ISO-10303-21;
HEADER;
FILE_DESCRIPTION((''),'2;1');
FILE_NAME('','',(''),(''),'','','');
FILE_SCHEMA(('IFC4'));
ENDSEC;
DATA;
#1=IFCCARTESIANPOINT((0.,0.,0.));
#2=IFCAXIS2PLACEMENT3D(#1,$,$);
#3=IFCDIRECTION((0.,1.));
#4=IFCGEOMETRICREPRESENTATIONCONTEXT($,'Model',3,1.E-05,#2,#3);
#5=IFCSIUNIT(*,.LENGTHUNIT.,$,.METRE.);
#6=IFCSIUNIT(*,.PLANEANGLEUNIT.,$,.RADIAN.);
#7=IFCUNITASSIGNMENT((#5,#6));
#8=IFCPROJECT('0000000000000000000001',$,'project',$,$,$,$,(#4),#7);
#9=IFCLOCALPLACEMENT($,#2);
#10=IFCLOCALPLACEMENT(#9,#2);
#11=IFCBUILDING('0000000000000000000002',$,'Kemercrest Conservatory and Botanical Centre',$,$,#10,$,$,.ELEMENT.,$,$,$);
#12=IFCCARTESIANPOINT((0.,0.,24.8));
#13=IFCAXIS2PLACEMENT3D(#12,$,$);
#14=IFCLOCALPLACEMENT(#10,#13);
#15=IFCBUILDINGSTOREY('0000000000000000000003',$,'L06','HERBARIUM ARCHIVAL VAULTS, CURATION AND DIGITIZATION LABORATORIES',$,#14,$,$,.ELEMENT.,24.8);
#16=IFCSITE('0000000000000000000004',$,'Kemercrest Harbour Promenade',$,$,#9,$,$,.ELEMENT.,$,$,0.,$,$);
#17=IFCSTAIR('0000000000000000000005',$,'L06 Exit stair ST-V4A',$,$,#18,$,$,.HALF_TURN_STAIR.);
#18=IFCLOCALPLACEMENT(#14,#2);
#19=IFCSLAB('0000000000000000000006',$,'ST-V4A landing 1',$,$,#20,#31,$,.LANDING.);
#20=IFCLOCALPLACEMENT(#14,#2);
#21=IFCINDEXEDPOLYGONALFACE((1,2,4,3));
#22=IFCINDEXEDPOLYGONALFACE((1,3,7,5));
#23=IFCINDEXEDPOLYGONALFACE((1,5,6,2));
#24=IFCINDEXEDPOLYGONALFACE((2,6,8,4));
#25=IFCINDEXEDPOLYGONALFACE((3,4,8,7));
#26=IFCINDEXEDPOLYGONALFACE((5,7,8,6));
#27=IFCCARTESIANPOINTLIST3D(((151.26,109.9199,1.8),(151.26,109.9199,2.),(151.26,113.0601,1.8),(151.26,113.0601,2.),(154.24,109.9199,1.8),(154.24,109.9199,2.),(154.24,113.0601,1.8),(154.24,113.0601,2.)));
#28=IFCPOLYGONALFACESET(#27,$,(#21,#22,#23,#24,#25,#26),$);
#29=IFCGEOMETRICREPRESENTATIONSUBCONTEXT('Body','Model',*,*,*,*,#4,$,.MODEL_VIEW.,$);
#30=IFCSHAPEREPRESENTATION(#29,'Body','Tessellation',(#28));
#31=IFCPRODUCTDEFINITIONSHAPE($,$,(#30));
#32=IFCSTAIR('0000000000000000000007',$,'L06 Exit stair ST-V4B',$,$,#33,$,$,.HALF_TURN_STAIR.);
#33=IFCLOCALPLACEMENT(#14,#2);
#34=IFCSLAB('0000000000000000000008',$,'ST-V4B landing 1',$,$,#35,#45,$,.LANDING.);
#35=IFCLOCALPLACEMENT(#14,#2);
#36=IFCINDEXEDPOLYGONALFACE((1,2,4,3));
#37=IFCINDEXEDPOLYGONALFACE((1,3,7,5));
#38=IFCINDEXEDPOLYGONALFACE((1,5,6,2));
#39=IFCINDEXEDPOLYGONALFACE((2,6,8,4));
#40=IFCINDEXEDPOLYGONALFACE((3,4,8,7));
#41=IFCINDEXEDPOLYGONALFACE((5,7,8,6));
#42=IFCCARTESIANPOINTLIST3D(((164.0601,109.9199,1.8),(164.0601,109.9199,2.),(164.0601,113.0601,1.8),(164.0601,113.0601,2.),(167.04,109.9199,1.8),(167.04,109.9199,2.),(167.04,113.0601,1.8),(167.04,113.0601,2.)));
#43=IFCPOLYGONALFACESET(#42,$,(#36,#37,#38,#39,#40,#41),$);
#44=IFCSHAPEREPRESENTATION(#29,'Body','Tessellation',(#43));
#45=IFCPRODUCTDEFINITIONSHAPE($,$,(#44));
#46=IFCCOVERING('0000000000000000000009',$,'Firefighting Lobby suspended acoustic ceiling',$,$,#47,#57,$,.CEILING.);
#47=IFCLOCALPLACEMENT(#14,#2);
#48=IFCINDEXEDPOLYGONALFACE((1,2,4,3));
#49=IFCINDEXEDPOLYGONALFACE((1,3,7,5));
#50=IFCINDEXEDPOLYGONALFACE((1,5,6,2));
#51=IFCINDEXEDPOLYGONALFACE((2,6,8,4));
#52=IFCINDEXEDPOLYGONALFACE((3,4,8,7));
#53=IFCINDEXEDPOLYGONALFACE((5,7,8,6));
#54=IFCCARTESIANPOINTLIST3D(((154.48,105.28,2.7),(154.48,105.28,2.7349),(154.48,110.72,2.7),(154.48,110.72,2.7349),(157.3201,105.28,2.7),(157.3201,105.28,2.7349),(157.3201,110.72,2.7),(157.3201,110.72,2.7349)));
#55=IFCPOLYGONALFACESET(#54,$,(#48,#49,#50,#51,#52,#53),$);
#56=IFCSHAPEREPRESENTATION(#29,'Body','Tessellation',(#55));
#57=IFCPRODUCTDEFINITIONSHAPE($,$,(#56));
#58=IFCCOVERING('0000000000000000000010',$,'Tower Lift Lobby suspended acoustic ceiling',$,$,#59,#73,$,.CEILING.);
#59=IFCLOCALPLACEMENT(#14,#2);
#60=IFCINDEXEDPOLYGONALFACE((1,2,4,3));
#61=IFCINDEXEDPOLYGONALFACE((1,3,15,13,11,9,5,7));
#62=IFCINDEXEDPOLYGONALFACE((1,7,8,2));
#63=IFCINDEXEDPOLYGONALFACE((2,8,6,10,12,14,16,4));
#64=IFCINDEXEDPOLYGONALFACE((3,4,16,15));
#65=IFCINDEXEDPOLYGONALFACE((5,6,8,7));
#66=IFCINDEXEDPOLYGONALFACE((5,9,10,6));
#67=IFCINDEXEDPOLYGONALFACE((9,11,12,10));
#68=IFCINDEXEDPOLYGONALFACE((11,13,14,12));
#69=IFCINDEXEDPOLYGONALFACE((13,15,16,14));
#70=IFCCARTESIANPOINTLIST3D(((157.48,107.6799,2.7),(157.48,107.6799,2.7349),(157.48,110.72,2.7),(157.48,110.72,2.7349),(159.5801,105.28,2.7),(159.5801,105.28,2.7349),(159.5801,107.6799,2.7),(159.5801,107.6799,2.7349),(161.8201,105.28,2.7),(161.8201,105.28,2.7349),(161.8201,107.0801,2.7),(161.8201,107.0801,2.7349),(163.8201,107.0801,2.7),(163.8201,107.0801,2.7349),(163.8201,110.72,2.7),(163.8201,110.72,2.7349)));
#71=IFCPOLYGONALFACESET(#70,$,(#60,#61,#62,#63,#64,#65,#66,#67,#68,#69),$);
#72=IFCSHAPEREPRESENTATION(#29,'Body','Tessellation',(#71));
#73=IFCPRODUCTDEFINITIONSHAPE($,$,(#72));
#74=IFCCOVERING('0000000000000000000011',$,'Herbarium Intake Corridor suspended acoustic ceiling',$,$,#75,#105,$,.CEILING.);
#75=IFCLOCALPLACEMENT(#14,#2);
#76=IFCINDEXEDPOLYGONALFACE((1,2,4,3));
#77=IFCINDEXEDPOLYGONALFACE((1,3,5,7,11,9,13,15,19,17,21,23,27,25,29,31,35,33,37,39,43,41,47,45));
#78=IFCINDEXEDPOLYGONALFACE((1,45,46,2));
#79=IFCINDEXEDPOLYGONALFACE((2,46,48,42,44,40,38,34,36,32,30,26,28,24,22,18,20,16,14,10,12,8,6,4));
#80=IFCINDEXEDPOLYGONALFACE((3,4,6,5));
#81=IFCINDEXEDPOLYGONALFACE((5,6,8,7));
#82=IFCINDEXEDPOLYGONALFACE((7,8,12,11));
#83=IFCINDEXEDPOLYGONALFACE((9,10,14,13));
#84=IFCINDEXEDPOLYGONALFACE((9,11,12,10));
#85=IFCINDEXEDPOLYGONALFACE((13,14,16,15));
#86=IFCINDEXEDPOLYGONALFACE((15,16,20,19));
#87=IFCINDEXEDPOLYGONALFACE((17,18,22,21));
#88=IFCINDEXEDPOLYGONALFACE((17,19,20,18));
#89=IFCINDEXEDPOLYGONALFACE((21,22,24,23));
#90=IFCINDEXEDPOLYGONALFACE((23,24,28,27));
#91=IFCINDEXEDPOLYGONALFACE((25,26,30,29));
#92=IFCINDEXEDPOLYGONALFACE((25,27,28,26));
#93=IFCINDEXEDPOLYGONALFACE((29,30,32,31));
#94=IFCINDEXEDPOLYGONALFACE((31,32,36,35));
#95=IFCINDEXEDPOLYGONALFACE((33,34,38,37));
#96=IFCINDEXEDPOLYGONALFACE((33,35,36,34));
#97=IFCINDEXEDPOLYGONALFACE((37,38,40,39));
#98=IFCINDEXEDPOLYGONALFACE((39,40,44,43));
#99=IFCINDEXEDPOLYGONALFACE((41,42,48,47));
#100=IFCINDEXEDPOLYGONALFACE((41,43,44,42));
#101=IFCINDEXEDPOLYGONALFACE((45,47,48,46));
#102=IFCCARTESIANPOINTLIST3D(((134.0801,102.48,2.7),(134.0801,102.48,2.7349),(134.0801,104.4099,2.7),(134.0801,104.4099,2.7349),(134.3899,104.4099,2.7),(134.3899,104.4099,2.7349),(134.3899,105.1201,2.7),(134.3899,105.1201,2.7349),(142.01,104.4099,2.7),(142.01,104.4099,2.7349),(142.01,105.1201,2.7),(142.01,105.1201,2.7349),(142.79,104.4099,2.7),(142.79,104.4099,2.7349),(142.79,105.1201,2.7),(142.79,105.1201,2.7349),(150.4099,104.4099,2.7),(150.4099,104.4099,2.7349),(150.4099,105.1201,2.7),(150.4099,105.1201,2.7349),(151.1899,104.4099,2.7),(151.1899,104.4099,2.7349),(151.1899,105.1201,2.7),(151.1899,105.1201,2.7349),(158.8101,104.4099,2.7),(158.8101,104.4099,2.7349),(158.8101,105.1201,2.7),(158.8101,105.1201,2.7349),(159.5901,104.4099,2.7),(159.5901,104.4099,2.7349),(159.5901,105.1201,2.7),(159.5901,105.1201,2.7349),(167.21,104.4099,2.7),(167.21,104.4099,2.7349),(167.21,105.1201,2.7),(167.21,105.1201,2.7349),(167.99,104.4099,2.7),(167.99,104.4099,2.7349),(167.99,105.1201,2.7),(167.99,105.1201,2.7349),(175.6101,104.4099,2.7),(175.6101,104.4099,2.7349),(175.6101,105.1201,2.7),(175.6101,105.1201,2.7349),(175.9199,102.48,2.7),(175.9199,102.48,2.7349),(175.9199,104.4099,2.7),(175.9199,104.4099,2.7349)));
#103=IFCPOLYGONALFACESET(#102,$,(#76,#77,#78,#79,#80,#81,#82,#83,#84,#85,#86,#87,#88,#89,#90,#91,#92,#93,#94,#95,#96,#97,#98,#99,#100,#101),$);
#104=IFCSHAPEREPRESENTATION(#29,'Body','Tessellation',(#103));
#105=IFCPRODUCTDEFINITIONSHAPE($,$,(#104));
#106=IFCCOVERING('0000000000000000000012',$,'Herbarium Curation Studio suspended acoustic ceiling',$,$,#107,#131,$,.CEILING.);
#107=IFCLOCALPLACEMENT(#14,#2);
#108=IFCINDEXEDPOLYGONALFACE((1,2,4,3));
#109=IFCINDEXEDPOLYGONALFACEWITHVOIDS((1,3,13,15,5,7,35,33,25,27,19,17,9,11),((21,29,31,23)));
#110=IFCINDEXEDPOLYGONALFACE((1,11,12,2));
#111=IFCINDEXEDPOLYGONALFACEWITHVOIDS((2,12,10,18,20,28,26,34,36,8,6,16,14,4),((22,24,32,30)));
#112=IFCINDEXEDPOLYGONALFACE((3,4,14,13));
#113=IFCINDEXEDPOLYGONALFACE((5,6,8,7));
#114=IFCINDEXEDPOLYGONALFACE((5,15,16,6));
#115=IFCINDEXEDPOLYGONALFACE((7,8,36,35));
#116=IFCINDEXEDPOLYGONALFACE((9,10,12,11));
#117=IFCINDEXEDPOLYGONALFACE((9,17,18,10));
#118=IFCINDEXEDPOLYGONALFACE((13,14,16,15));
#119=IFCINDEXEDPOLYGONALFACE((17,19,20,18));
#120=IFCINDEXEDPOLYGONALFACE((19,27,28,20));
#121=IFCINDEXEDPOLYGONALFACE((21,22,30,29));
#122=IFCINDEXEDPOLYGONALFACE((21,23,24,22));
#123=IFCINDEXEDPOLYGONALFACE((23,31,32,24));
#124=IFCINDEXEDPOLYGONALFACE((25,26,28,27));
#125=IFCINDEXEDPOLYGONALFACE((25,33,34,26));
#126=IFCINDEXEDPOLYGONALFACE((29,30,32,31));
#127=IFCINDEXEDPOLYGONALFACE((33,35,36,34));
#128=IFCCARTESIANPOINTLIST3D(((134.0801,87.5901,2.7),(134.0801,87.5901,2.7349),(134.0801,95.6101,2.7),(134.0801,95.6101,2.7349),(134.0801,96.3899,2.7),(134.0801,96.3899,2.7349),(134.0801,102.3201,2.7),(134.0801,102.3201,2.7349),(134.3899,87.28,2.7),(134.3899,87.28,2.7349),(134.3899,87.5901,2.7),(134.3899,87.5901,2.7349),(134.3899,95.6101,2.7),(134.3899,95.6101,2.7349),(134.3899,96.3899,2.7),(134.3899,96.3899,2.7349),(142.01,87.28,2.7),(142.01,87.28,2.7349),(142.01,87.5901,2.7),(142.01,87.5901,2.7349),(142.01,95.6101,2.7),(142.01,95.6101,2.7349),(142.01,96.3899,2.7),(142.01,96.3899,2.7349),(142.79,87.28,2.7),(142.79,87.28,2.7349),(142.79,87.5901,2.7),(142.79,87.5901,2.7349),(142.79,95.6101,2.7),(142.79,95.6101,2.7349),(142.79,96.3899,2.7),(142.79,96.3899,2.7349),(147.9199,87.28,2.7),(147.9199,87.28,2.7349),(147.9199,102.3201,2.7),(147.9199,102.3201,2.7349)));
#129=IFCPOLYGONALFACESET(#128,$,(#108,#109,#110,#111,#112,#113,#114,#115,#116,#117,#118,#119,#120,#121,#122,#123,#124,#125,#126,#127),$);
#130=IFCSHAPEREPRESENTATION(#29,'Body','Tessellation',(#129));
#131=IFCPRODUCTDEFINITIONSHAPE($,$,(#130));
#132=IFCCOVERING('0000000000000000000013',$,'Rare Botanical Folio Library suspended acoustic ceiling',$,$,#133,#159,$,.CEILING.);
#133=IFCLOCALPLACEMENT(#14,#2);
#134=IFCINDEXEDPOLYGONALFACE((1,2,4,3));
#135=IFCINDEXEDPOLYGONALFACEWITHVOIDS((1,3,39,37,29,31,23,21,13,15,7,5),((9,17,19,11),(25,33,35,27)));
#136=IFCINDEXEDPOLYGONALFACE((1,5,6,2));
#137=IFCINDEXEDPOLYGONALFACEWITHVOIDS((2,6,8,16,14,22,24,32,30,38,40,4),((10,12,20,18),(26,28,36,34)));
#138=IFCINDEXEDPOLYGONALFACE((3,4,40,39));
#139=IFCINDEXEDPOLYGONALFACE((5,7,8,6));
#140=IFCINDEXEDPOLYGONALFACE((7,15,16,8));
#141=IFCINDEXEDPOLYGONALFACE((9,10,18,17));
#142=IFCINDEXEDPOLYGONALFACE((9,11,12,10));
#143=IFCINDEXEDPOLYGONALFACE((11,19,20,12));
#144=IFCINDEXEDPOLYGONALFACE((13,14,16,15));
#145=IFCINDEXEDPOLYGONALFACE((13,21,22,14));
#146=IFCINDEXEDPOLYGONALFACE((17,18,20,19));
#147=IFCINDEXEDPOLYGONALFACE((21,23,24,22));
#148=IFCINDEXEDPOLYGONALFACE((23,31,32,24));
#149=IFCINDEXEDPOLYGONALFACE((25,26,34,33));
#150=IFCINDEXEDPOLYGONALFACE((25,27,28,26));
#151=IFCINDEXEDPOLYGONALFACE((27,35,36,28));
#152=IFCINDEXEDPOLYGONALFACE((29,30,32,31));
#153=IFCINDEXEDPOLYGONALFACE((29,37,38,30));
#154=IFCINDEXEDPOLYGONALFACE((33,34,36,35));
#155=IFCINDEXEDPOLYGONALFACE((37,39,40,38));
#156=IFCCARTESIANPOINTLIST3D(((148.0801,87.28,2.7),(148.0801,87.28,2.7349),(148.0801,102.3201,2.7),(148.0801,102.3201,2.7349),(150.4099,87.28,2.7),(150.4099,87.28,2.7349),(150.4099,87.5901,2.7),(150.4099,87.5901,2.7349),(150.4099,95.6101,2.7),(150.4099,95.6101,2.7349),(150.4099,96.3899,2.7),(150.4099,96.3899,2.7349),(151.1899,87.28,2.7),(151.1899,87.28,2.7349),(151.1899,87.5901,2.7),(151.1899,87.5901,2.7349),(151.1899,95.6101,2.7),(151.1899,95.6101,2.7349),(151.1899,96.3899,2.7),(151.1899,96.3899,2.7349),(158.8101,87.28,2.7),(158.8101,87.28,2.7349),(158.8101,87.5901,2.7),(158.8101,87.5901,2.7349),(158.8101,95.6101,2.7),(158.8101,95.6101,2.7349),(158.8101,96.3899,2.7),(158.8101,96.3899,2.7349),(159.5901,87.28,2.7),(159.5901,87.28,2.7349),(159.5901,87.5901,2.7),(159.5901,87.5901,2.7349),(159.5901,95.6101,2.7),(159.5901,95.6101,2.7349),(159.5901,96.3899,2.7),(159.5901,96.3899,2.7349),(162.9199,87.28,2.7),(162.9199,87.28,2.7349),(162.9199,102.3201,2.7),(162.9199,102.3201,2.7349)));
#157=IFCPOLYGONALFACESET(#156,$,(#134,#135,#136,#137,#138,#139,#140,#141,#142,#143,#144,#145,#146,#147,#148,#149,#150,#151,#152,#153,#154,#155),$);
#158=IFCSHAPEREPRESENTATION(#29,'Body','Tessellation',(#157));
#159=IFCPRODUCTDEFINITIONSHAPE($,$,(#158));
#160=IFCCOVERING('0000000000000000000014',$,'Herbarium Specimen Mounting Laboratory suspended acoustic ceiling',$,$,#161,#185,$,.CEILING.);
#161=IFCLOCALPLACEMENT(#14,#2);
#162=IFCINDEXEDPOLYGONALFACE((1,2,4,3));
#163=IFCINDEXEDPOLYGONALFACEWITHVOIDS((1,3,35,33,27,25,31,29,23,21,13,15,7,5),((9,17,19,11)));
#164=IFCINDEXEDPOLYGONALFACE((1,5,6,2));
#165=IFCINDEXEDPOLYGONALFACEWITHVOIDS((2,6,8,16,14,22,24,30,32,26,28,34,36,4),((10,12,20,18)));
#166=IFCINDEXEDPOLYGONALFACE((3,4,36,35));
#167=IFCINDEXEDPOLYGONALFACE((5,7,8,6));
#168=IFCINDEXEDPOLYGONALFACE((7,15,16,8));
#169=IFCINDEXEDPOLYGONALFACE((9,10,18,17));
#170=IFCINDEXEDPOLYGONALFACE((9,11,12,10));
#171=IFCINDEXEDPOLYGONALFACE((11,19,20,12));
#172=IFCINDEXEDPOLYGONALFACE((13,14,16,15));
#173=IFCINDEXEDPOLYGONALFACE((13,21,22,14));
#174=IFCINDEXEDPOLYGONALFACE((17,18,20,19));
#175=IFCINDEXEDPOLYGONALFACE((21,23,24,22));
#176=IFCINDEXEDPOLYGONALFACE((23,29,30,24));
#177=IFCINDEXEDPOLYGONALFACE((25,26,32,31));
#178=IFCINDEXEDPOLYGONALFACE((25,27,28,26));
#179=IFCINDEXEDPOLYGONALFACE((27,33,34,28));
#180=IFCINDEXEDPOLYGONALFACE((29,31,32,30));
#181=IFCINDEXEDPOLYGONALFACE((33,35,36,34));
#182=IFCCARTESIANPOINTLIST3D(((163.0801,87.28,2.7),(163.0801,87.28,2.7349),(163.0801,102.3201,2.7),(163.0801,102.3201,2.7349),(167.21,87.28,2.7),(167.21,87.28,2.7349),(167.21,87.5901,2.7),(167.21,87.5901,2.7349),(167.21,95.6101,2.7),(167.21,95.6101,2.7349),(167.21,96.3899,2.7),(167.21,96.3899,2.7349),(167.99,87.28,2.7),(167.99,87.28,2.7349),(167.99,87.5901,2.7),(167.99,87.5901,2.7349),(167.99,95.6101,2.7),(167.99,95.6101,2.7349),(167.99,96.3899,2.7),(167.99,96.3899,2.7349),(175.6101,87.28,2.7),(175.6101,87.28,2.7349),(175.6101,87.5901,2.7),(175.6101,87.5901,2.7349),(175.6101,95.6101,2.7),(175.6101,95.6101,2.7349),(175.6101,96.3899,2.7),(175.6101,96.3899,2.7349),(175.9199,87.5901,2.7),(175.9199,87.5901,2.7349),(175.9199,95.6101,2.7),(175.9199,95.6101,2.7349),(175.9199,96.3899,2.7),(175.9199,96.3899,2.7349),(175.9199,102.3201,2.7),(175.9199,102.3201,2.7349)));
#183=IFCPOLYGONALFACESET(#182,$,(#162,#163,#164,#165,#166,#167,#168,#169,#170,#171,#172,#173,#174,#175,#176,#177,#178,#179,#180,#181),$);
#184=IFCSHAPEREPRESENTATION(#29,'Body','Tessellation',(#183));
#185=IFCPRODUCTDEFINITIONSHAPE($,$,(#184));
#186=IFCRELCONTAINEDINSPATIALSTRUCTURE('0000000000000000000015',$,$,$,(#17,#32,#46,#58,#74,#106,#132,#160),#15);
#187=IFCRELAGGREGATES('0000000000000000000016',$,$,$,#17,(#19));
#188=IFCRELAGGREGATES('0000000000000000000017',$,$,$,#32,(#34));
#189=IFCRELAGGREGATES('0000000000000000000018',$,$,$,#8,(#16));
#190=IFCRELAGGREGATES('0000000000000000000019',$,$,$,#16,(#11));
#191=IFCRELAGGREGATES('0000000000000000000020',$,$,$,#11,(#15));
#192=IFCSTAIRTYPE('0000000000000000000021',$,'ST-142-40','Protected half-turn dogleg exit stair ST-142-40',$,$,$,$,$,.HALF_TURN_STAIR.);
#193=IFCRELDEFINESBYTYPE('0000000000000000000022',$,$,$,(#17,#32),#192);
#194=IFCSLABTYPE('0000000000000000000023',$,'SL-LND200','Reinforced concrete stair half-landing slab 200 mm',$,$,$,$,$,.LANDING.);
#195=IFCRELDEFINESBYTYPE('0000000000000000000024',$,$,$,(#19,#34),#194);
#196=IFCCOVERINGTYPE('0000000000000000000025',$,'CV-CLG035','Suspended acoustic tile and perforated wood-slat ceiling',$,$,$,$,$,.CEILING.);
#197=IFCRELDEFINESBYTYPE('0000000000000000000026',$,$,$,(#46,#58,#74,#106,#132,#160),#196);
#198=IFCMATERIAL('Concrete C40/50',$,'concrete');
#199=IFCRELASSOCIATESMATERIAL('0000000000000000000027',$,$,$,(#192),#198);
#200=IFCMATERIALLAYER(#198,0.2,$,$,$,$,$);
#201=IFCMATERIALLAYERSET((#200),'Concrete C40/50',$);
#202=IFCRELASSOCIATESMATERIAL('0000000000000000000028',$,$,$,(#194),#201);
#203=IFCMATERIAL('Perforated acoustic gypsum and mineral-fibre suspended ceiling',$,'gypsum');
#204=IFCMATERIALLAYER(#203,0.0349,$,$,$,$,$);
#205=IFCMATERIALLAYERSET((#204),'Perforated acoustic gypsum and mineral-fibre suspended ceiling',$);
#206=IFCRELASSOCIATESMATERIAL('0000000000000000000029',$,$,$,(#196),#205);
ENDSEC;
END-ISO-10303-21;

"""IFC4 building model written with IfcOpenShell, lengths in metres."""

from ifc_helpers import new_model, si_unit, direction, frame, origin, place, context, subcontext, project, spatial, polyline, outline, extrude, material, layer, layer_set, type_object, element, aggregate, save


model = new_model("IFC4")

# Units and contexts
model_context = context("Model", 3, precision=1e-05, world=origin(), true_north=direction((0.0, 1.0)))
body_context = subcontext(model_context, "Body", "Model", "MODEL_VIEW")
ifc_project = project(units=[si_unit("LENGTHUNIT", "METRE"), si_unit("PLANEANGLEUNIT", "RADIAN")], contexts=[model_context])

# Site, building, storey
site_placement = place(None, origin())
site = spatial("IfcSite", under=ifc_project, at=site_placement, Name="Kemercrest Harbour Promenade", CompositionType="ELEMENT", RefElevation=0.0)
building_placement = place(site_placement, origin())
building = spatial("IfcBuilding", under=site, at=building_placement, Name="Kemercrest Conservatory and Botanical Centre", CompositionType="ELEMENT")
storey_placement = place(building_placement, frame((0.0, 0.0, 24.8)))
storey = spatial("IfcBuildingStorey", under=building, at=storey_placement, Name="L06", Description="HERBARIUM ARCHIVAL VAULTS, CURATION AND DIGITIZATION LABORATORIES", CompositionType="ELEMENT", Elevation=24.8)

# Stairs, slabs
ifc_material_1 = material(Name="Concrete C40/50", Category="concrete")
stair_type = type_object("IfcStairType", Name="ST-142-40", Description="Protected half-turn dogleg exit stair ST-142-40", PredefinedType="HALF_TURN_STAIR", material=ifc_material_1)
stair_1_placement = place(storey_placement, origin())
stair_1 = element("IfcStair", 1, at=stair_1_placement, inside=storey, type_object=stair_type, Name="L06 Exit stair ST-V4A", PredefinedType="HALF_TURN_STAIR")
ifc_layer_1 = layer(ifc_material_1, 0.2)
ifc_layer_set_1 = layer_set([ifc_layer_1], Name="Concrete C40/50")
slab_type = type_object("IfcSlabType", Name="SL-LND200", Description="Reinforced concrete stair half-landing slab 200 mm", PredefinedType="LANDING", material=ifc_layer_set_1)
slab_1_placement = place(storey_placement, frame((0.0, 0.0, 1.8)))
slab_1 = element("IfcSlab", 2, at=slab_1_placement, type_object=slab_type, Name="ST-V4A landing 1", PredefinedType="LANDING", context=body_context, shape_type="SweptSolid", body=[
    extrude(outline(polyline([(154.24, 109.9199), (154.24, 113.0601), (151.26, 113.0601), (151.26, 109.9199), (154.24, 109.9199)])), origin(), (0.0, 0.0, 1.0), 0.2),
])
aggregate(stair_1, [slab_1])
stair_2_placement = place(storey_placement, origin())
stair_2 = element("IfcStair", 3, at=stair_2_placement, inside=storey, type_object=stair_type, Name="L06 Exit stair ST-V4B", PredefinedType="HALF_TURN_STAIR")
slab_2_placement = place(storey_placement, frame((0.0, 0.0, 1.8)))
slab_2 = element("IfcSlab", 4, at=slab_2_placement, type_object=slab_type, Name="ST-V4B landing 1", PredefinedType="LANDING", context=body_context, shape_type="SweptSolid", body=[
    extrude(outline(polyline([(167.04, 109.9199), (167.04, 113.0601), (164.0601, 113.0601), (164.0601, 109.9199), (167.04, 109.9199)])), origin(), (0.0, 0.0, 1.0), 0.2),
])
aggregate(stair_2, [slab_2])

# Coverings
ifc_material_2 = material(Name="Perforated acoustic gypsum and mineral-fibre suspended ceiling", Category="gypsum")
ifc_layer_2 = layer(ifc_material_2, 0.0349)
ifc_layer_set_2 = layer_set([ifc_layer_2], Name="Perforated acoustic gypsum and mineral-fibre suspended ceiling")
covering_type_1 = type_object("IfcCoveringType", Name="CV-CLG035", Description="Suspended acoustic tile and perforated wood-slat ceiling", PredefinedType="CEILING", material=ifc_layer_set_2)
covering_1_placement = place(storey_placement, frame((0.0, 0.0, 2.7)))
element("IfcCovering", 5, at=covering_1_placement, inside=storey, type_object=covering_type_1, Name="Firefighting Lobby suspended acoustic ceiling", PredefinedType="CEILING", context=body_context, shape_type="SweptSolid", body=[
    extrude(outline(polyline([(154.48, 105.28), (157.3201, 105.28), (157.3201, 110.72), (154.48, 110.72), (154.48, 105.28)])), origin(), (0.0, 0.0, 1.0), 0.0349),
])
covering_2_placement = place(storey_placement, frame((0.0, 0.0, 2.7)))
element("IfcCovering", 6, at=covering_2_placement, inside=storey, type_object=covering_type_1, Name="Tower Lift Lobby suspended acoustic ceiling", PredefinedType="CEILING", context=body_context, shape_type="SweptSolid", body=[
    extrude(outline(polyline([(159.5801, 107.6799), (159.5801, 105.28), (161.8201, 105.28), (161.8201, 107.0801), (163.8201, 107.0801), (163.8201, 110.72), (157.48, 110.72), (157.48, 107.6799), (159.5801, 107.6799)])), origin(), (0.0, 0.0, 1.0), 0.0349),
])
covering_3_placement = place(storey_placement, frame((0.0, 0.0, 2.7)))
element("IfcCovering", 7, at=covering_3_placement, inside=storey, type_object=covering_type_1, Name="Herbarium Intake Corridor suspended acoustic ceiling", PredefinedType="CEILING", context=body_context, shape_type="SweptSolid", body=[
    extrude(outline(polyline([(134.0801, 102.48), (175.9199, 102.48), (175.9199, 104.4099), (175.6101, 104.4099), (175.6101, 105.1201), (167.99, 105.1201), (167.99, 104.4099), (167.21, 104.4099), (167.21, 105.1201), (159.5901, 105.1201), (159.5901, 104.4099), (158.8101, 104.4099), (158.8101, 105.1201), (151.1899, 105.1201), (151.1899, 104.4099), (150.4099, 104.4099), (150.4099, 105.1201), (142.79, 105.1201), (142.79, 104.4099), (142.01, 104.4099), (142.01, 105.1201), (134.3899, 105.1201), (134.3899, 104.4099), (134.0801, 104.4099), (134.0801, 102.48)])), origin(), (0.0, 0.0, 1.0), 0.0349),
])
covering_4_placement = place(storey_placement, frame((0.0, 0.0, 2.7)))
element("IfcCovering", 8, at=covering_4_placement, inside=storey, type_object=covering_type_1, Name="Herbarium Curation Studio suspended acoustic ceiling", PredefinedType="CEILING", context=body_context, shape_type="SweptSolid", body=[
    extrude(outline(polyline([(142.01, 87.5901), (142.79, 87.5901), (142.79, 87.28), (147.9199, 87.28), (147.9199, 102.3201), (134.0801, 102.3201), (134.0801, 96.3899), (134.3899, 96.3899), (134.3899, 95.6101), (134.0801, 95.6101), (134.0801, 87.5901), (134.3899, 87.5901), (134.3899, 87.28), (142.01, 87.28), (142.01, 87.5901)]), holes=[polyline([(142.01, 96.3899), (142.79, 96.3899), (142.79, 95.6101), (142.01, 95.6101), (142.01, 96.3899)])]), origin(), (0.0, 0.0, 1.0), 0.0349),
])
covering_5_placement = place(storey_placement, frame((0.0, 0.0, 2.7)))
element("IfcCovering", 9, at=covering_5_placement, inside=storey, type_object=covering_type_1, Name="Rare Botanical Folio Library suspended acoustic ceiling", PredefinedType="CEILING", context=body_context, shape_type="SweptSolid", body=[
    extrude(outline(polyline([(158.8101, 87.5901), (159.5901, 87.5901), (159.5901, 87.28), (162.9199, 87.28), (162.9199, 102.3201), (148.0801, 102.3201), (148.0801, 87.28), (150.4099, 87.28), (150.4099, 87.5901), (151.1899, 87.5901), (151.1899, 87.28), (158.8101, 87.28), (158.8101, 87.5901)]), holes=[polyline([(158.8101, 96.3899), (159.5901, 96.3899), (159.5901, 95.6101), (158.8101, 95.6101), (158.8101, 96.3899)]), polyline([(150.4099, 96.3899), (151.1899, 96.3899), (151.1899, 95.6101), (150.4099, 95.6101), (150.4099, 96.3899)])]), origin(), (0.0, 0.0, 1.0), 0.0349),
])
covering_6_placement = place(storey_placement, frame((0.0, 0.0, 2.7)))
element("IfcCovering", 10, at=covering_6_placement, inside=storey, type_object=covering_type_1, Name="Herbarium Specimen Mounting Laboratory suspended acoustic ceiling", PredefinedType="CEILING", context=body_context, shape_type="SweptSolid", body=[
    extrude(outline(polyline([(167.21, 87.5901), (167.99, 87.5901), (167.99, 87.28), (175.6101, 87.28), (175.6101, 87.5901), (175.9199, 87.5901), (175.9199, 95.6101), (175.6101, 95.6101), (175.6101, 96.3899), (175.9199, 96.3899), (175.9199, 102.3201), (163.0801, 102.3201), (163.0801, 87.28), (167.21, 87.28), (167.21, 87.5901)]), holes=[polyline([(167.21, 96.3899), (167.99, 96.3899), (167.99, 95.6101), (167.21, 95.6101), (167.21, 96.3899)])]), origin(), (0.0, 0.0, 1.0), 0.0349),
])

save(model, "model.ifc")
